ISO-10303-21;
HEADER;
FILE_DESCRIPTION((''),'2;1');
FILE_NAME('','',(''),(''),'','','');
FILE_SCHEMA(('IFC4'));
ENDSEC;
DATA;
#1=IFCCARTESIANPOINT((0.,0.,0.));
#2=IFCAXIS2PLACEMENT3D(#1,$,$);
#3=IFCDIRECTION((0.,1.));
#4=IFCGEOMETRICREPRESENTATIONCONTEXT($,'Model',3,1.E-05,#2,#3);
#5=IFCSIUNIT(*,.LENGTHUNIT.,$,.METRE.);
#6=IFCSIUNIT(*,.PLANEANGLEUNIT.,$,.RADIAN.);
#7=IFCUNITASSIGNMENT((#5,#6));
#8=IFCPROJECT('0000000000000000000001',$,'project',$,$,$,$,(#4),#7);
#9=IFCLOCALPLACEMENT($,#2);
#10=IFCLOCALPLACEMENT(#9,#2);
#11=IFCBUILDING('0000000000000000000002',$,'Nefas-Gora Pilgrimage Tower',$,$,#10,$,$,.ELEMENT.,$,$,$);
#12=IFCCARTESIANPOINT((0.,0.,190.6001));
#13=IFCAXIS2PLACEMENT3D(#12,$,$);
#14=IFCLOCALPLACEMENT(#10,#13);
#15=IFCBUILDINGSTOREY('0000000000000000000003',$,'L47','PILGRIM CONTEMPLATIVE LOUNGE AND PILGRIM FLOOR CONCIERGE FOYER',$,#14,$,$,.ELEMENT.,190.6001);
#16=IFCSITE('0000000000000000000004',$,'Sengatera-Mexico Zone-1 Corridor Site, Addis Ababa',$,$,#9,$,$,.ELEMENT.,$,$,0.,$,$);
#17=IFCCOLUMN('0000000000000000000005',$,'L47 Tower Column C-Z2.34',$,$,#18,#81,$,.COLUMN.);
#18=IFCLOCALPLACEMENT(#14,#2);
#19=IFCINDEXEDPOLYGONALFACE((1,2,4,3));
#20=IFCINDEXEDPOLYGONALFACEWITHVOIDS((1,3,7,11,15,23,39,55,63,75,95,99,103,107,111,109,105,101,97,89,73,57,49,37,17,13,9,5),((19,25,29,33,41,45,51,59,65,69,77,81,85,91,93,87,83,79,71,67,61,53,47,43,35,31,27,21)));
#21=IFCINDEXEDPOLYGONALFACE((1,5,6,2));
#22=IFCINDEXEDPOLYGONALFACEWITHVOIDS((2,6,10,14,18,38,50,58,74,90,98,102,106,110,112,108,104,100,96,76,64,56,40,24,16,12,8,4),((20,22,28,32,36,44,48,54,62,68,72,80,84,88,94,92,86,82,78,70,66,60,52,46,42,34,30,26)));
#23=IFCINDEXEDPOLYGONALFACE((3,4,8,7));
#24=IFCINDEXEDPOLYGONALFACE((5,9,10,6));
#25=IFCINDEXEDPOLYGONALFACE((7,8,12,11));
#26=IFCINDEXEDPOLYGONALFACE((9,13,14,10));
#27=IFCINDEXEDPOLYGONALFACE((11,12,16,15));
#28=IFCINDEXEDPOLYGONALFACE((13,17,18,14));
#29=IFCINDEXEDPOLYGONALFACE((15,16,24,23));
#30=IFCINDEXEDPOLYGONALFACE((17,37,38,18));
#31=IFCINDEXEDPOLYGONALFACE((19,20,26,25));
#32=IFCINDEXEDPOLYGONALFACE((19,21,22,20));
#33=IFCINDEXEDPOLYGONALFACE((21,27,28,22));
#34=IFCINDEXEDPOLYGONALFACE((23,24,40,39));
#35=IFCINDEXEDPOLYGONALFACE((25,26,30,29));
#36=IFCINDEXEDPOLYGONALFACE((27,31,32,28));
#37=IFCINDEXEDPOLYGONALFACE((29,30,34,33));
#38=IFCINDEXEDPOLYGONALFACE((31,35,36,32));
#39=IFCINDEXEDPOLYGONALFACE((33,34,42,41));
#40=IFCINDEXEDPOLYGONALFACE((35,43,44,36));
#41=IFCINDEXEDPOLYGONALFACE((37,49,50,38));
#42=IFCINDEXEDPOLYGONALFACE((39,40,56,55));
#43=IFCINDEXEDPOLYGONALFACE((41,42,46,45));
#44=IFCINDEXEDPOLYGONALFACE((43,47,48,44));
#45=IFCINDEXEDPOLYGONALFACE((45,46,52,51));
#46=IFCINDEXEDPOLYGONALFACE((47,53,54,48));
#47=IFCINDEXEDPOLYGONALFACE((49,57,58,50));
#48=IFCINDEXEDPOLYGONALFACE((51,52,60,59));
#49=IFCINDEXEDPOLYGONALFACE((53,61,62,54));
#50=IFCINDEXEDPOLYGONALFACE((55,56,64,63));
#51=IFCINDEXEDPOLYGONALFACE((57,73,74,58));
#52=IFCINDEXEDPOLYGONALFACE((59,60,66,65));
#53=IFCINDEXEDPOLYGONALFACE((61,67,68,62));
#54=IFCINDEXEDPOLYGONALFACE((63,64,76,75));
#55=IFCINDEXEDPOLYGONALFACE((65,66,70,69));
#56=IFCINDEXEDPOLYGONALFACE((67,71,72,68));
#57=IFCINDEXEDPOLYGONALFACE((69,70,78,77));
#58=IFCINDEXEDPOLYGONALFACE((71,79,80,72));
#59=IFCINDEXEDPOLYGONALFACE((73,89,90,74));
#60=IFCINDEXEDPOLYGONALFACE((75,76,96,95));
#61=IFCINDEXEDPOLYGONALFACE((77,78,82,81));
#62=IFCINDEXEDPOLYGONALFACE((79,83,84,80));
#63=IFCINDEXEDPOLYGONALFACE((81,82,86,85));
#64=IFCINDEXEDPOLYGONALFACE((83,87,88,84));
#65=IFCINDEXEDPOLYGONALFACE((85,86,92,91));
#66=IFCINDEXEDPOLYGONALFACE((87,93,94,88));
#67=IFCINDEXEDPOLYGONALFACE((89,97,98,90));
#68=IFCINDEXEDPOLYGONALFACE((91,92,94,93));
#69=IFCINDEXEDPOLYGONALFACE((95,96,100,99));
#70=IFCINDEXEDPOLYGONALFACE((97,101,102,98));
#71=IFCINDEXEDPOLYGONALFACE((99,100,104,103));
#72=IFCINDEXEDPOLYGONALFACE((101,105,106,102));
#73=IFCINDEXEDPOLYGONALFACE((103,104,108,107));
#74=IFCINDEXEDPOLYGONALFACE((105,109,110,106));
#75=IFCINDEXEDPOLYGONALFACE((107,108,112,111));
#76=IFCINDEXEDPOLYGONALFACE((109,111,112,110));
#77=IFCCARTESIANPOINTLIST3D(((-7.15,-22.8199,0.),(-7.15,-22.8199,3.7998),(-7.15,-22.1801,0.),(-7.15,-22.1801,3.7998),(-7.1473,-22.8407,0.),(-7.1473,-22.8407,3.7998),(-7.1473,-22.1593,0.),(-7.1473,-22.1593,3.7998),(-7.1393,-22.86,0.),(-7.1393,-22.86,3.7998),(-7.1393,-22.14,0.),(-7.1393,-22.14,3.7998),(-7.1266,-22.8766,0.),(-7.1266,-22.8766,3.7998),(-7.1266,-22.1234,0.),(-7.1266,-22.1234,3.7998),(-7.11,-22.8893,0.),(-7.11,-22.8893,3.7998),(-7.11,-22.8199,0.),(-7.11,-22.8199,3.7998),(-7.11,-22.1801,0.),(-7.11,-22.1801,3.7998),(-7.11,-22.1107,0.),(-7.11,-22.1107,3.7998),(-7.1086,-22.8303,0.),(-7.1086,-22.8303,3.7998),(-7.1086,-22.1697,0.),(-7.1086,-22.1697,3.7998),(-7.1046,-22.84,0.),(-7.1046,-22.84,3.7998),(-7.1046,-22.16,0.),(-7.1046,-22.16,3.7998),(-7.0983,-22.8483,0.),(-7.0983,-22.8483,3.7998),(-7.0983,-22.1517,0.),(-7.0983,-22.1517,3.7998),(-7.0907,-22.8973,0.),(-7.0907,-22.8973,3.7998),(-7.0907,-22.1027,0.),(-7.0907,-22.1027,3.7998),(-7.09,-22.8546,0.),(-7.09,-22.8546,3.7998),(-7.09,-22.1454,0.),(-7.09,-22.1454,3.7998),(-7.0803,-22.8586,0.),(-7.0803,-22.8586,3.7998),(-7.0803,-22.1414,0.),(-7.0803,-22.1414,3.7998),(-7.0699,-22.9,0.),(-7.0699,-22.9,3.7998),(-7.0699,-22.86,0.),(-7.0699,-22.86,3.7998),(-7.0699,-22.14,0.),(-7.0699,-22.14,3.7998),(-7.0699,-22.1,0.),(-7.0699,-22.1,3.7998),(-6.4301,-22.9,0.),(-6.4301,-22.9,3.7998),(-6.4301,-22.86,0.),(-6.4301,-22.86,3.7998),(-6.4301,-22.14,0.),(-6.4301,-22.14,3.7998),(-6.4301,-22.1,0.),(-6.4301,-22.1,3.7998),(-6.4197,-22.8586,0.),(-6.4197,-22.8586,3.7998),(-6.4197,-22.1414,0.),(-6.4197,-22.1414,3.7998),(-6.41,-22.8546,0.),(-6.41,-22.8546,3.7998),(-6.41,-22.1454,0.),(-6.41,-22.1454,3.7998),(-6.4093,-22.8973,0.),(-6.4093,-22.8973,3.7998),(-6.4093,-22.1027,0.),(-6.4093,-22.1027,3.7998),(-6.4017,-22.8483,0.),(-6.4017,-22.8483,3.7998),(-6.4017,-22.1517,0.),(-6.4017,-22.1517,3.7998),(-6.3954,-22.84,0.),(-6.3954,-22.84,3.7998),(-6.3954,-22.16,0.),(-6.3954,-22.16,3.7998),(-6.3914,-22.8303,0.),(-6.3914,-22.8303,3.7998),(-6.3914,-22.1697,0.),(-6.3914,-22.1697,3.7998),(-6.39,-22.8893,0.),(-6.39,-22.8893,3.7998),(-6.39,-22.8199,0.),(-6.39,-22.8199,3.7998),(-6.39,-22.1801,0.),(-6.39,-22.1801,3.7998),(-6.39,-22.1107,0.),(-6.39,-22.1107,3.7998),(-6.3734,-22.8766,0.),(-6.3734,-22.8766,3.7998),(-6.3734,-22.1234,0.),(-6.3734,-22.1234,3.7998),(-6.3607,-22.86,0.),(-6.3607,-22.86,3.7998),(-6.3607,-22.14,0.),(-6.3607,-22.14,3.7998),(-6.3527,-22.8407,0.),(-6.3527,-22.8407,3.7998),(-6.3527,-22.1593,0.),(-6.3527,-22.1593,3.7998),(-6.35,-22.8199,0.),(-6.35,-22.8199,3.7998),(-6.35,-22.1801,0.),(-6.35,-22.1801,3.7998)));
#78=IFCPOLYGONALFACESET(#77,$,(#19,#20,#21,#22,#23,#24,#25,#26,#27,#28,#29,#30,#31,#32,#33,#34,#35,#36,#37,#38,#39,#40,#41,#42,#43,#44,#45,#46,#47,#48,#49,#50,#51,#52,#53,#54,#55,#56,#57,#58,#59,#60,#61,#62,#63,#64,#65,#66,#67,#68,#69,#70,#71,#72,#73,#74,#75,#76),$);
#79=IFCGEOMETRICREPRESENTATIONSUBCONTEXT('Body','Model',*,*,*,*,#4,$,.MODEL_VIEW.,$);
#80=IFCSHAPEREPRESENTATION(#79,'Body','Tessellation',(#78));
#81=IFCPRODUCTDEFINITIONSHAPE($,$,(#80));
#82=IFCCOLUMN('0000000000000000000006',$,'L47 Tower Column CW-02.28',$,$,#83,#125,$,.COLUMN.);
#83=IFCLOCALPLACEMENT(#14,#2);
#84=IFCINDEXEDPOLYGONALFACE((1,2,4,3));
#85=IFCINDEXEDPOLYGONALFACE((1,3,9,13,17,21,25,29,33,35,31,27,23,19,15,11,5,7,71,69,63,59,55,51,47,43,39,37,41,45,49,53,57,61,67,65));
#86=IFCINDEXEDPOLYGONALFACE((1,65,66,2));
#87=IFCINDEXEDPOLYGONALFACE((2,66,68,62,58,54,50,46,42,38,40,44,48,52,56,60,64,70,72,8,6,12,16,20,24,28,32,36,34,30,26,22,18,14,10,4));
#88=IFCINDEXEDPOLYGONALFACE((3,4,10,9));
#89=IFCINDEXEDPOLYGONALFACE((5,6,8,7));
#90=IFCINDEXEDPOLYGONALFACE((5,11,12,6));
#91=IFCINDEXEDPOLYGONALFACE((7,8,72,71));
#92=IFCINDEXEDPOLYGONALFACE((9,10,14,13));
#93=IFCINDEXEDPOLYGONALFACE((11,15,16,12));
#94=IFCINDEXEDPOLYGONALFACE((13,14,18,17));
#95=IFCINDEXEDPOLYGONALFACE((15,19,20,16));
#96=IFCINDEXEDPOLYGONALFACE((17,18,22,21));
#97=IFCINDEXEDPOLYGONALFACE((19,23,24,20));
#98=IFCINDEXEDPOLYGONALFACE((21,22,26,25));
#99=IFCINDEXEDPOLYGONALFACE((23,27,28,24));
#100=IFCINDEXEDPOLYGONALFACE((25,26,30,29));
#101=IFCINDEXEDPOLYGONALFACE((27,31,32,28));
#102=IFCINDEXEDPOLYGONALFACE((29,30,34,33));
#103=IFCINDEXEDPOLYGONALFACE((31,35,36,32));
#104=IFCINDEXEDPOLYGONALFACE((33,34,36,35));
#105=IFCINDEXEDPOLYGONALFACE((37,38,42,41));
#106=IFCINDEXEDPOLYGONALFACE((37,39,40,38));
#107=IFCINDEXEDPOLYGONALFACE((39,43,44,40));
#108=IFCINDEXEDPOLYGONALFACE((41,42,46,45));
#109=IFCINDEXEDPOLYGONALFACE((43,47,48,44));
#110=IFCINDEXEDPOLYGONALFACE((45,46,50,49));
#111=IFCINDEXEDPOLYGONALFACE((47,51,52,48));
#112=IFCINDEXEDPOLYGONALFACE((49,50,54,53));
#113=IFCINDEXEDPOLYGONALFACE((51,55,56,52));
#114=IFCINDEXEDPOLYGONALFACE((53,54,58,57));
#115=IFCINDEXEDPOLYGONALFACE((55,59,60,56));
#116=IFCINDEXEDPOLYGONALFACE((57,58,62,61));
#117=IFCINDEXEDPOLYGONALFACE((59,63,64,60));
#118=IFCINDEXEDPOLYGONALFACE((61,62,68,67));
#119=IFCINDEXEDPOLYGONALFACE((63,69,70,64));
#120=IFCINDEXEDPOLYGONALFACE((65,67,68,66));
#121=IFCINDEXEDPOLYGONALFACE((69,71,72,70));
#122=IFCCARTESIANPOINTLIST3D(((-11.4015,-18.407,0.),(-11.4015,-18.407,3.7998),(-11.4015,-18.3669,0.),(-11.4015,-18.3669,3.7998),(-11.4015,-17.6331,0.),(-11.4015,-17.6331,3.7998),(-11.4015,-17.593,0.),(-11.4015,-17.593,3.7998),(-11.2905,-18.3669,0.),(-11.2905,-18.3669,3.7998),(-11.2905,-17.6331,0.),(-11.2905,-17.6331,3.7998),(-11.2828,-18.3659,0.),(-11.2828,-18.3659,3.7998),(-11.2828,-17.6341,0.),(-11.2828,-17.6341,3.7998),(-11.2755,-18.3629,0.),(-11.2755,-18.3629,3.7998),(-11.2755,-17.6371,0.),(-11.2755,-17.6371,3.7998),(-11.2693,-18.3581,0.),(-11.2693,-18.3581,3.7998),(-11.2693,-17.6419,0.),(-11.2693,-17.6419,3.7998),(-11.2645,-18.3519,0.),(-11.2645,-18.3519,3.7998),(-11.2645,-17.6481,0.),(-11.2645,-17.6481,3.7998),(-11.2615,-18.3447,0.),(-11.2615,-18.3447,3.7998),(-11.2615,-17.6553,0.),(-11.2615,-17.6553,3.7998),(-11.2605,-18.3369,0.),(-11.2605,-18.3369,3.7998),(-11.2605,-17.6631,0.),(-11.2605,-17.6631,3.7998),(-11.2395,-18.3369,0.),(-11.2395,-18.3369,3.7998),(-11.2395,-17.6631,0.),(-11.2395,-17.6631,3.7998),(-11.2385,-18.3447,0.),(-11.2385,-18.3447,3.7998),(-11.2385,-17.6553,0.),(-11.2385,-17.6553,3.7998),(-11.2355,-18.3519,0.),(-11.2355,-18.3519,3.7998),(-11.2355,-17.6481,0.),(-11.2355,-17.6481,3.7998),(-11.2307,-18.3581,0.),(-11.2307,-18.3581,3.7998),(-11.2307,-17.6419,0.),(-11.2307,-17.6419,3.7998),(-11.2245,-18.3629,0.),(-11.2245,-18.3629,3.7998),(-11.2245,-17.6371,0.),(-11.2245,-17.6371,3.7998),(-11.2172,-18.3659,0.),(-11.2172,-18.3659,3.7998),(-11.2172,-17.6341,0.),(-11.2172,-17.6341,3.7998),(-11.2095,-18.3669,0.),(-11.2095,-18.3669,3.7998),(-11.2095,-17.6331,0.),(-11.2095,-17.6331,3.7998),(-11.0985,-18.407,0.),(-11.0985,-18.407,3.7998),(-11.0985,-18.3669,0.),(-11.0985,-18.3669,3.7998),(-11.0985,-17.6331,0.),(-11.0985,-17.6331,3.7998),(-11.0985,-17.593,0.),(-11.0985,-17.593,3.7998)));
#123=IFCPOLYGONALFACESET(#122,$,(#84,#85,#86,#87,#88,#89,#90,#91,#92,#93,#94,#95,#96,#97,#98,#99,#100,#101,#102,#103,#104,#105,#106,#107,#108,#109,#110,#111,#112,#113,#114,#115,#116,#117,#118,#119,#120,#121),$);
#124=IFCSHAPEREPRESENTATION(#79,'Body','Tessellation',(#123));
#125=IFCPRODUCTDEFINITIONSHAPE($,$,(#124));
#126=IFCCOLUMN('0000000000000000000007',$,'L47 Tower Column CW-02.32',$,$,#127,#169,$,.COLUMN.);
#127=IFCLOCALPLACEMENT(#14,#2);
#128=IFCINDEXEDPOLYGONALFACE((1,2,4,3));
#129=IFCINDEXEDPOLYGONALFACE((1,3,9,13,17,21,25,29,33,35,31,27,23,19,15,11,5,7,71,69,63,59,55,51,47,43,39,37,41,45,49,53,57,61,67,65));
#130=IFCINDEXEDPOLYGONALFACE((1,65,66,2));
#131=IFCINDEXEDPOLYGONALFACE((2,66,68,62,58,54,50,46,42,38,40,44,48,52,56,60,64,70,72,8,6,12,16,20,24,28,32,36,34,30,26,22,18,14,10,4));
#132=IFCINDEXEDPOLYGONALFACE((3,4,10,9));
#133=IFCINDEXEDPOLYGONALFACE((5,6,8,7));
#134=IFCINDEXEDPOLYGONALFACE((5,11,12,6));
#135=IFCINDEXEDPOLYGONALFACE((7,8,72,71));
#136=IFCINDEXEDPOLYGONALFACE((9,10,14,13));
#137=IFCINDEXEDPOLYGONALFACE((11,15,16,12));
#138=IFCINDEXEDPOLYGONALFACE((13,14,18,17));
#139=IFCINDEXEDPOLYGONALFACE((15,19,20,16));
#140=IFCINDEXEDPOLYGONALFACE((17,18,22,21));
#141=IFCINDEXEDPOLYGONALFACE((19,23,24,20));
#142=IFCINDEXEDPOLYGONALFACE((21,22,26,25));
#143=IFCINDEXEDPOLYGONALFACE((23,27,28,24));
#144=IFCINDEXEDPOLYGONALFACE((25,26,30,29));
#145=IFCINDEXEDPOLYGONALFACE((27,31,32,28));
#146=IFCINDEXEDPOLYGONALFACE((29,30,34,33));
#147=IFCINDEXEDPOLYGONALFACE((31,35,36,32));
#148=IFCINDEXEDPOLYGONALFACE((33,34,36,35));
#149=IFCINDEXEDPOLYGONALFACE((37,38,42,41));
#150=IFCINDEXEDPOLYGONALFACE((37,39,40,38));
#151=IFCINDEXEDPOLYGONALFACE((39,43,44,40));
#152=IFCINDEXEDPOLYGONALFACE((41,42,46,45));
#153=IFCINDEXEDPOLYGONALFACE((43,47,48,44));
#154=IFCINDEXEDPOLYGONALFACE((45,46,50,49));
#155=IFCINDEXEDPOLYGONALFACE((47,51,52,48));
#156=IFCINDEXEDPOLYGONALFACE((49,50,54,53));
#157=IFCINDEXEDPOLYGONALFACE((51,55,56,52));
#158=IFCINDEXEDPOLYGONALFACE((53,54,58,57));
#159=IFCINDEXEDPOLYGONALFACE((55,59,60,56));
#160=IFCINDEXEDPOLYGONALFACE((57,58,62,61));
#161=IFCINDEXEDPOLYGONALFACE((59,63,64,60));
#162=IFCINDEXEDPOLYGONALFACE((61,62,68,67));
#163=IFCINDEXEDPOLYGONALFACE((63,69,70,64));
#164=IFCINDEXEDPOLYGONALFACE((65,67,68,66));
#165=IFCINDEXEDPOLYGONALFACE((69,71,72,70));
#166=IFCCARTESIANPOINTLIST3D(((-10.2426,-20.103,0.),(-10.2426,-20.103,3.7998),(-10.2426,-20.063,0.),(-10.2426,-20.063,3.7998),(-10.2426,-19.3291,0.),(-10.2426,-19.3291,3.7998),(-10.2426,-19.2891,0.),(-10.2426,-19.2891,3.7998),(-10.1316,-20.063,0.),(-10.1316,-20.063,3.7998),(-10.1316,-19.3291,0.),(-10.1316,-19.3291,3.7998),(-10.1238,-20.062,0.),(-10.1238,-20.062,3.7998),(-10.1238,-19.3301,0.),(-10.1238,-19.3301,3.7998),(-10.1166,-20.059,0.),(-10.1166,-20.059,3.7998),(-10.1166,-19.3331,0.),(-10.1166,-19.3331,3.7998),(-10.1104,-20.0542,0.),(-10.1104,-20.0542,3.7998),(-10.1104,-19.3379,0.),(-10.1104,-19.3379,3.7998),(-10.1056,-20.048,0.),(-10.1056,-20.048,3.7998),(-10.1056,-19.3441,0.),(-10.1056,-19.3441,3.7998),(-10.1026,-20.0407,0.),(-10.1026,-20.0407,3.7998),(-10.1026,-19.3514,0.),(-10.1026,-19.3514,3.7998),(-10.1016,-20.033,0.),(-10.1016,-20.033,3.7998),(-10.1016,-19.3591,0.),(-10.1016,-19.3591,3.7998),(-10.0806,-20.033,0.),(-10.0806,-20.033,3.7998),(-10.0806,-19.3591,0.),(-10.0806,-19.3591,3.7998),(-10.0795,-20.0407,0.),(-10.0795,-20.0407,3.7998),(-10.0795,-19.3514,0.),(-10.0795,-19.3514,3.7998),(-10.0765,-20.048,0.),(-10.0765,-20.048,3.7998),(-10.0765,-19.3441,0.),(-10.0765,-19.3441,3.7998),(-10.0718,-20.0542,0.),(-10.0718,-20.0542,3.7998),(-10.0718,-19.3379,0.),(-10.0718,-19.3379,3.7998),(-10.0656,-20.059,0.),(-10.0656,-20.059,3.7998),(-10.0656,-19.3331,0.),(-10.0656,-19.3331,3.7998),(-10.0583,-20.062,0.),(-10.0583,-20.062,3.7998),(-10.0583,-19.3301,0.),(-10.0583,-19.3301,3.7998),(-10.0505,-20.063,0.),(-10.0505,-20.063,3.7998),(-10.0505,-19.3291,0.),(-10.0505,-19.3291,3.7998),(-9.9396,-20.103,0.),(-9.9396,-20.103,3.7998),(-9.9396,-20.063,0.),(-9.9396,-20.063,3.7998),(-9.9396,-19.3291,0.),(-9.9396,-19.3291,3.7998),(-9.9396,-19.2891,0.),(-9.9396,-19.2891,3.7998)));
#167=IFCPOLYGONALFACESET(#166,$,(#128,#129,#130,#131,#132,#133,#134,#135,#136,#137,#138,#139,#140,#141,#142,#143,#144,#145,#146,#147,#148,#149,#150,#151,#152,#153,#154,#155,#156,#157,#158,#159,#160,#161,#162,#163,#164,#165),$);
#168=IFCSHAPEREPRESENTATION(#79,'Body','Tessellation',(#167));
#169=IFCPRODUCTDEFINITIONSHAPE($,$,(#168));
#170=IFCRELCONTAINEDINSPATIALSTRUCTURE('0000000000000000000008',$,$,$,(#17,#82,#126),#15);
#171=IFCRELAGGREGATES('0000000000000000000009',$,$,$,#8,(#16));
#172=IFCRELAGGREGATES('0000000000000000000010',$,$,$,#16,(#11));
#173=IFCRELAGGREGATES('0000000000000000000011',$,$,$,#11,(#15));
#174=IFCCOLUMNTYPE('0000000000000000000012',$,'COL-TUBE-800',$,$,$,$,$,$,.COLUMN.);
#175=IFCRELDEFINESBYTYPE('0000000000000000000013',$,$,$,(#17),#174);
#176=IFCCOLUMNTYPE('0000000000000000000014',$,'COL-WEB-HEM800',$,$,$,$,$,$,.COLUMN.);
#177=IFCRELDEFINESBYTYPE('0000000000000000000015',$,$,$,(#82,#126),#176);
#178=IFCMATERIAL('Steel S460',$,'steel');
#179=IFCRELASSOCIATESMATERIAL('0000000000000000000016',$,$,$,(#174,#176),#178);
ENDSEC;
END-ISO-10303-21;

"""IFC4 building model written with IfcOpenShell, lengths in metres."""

from ifc_helpers import new_model, si_unit, direction, frame, origin, origin_2d, place, context, subcontext, project, spatial, hollow_rectangle, i_section, extrude, source, transform, mapped, material, material_profile, profile_set, type_object, element, save


model = new_model("IFC4")

# Units and contexts
model_context = context("Model", 3, precision=1e-05, world=origin(), true_north=direction((0.0, 1.0)))
body_context = subcontext(model_context, "Body", "Model", "MODEL_VIEW")
ifc_project = project(units=[si_unit("LENGTHUNIT", "METRE"), si_unit("PLANEANGLEUNIT", "RADIAN")], contexts=[model_context])

# Site, building, storey
site_placement = place(None, origin())
site = spatial("IfcSite", under=ifc_project, at=site_placement, Name="Sengatera-Mexico Zone-1 Corridor Site, Addis Ababa", CompositionType="ELEMENT", RefElevation=0.0)
building_placement = place(site_placement, origin())
building = spatial("IfcBuilding", under=site, at=building_placement, Name="Nefas-Gora Pilgrimage Tower", CompositionType="ELEMENT")
storey_placement = place(building_placement, frame((0.0, 0.0, 190.6001)))
storey = spatial("IfcBuildingStorey", under=building, at=storey_placement, Name="L47", Description="PILGRIM CONTEMPLATIVE LOUNGE AND PILGRIM FLOOR CONCIERGE FOYER", CompositionType="ELEMENT", Elevation=190.6001)

# Columns
ifc_material_1 = material(Name="Steel S460", Category="steel")
ifc_material_profile_1 = material_profile(ifc_material_1, hollow_rectangle(XDim=0.8, YDim=0.8, WallThickness=0.04, InnerFilletRadius=0.04, OuterFilletRadius=0.0801, at=origin_2d()), Name="BOX 800x800x40")
ifc_profile_set_1 = profile_set([ifc_material_profile_1], Name="Steel S460")
column_type_1 = type_object("IfcColumnType", Name="COL-TUBE-800", PredefinedType="COLUMN", material=ifc_profile_set_1)
shared_shape_1 = source(origin(), body_context, "Body", "SweptSolid", [
    extrude(hollow_rectangle(XDim=0.8, YDim=0.8, WallThickness=0.04, InnerFilletRadius=0.04, OuterFilletRadius=0.0801, at=origin_2d()), origin(), (0.0, 0.0, 1.0), 3.7998),
])
column_placement = place(storey_placement, frame((-6.75, -22.5, 0.0), z_axis=(0.0, 0.0, 1.0), x_axis=(1.0, 0.0, 0.0)))
element("IfcColumn", 1, at=column_placement, inside=storey, type_object=column_type_1, Name="L47 Tower Column C-Z2.34", PredefinedType="COLUMN", context=body_context, shape_type="MappedRepresentation", body=[
    mapped(shared_shape_1, transform((0.0, 0.0, 0.0), x_axis=(1.0, 0.0, 0.0), y_axis=(0.0, 1.0, 0.0), z_axis=(0.0, 0.0, 1.0), scale=1.0)),
])
ifc_material_profile_2 = material_profile(ifc_material_1, i_section(OverallWidth=0.303, OverallDepth=0.814, WebThickness=0.021, FlangeThickness=0.04, FilletRadius=0.03, at=origin_2d()), Name="HEM 800")
ifc_profile_set_2 = profile_set([ifc_material_profile_2], Name="Steel S460")
column_type_2 = type_object("IfcColumnType", Name="COL-WEB-HEM800", PredefinedType="COLUMN", material=ifc_profile_set_2)
shared_shape_2 = source(origin(), body_context, "Body", "SweptSolid", [
    extrude(i_section(OverallWidth=0.303, OverallDepth=0.814, WebThickness=0.021, FlangeThickness=0.04, FilletRadius=0.03, at=origin_2d()), origin(), (0.0, 0.0, 1.0), 3.7998),
])
for number, where, z_axis, x_axis, name in (
    (2, (-11.25, -18.0, 0.0), (0.0, 0.0, 1.0), (1.0, 0.0, 0.0), "L47 Tower Column CW-02.28"),
    (3, (-10.0911, -19.696, 0.0), (0.0, 0.0, 1.0), (1.0, 0.0, 0.0), "L47 Tower Column CW-02.32"),
):
    element("IfcColumn", number, at=place(storey_placement, frame(where, z_axis=z_axis, x_axis=x_axis)), inside=storey, type_object=column_type_2, Name=name, PredefinedType="COLUMN", context=body_context, shape_type="MappedRepresentation", body=[
        mapped(shared_shape_2, transform((0.0, 0.0, 0.0), x_axis=(1.0, 0.0, 0.0), y_axis=(0.0, 1.0, 0.0), z_axis=(0.0, 0.0, 1.0), scale=1.0)),
    ])

save(model, "model.ifc")
